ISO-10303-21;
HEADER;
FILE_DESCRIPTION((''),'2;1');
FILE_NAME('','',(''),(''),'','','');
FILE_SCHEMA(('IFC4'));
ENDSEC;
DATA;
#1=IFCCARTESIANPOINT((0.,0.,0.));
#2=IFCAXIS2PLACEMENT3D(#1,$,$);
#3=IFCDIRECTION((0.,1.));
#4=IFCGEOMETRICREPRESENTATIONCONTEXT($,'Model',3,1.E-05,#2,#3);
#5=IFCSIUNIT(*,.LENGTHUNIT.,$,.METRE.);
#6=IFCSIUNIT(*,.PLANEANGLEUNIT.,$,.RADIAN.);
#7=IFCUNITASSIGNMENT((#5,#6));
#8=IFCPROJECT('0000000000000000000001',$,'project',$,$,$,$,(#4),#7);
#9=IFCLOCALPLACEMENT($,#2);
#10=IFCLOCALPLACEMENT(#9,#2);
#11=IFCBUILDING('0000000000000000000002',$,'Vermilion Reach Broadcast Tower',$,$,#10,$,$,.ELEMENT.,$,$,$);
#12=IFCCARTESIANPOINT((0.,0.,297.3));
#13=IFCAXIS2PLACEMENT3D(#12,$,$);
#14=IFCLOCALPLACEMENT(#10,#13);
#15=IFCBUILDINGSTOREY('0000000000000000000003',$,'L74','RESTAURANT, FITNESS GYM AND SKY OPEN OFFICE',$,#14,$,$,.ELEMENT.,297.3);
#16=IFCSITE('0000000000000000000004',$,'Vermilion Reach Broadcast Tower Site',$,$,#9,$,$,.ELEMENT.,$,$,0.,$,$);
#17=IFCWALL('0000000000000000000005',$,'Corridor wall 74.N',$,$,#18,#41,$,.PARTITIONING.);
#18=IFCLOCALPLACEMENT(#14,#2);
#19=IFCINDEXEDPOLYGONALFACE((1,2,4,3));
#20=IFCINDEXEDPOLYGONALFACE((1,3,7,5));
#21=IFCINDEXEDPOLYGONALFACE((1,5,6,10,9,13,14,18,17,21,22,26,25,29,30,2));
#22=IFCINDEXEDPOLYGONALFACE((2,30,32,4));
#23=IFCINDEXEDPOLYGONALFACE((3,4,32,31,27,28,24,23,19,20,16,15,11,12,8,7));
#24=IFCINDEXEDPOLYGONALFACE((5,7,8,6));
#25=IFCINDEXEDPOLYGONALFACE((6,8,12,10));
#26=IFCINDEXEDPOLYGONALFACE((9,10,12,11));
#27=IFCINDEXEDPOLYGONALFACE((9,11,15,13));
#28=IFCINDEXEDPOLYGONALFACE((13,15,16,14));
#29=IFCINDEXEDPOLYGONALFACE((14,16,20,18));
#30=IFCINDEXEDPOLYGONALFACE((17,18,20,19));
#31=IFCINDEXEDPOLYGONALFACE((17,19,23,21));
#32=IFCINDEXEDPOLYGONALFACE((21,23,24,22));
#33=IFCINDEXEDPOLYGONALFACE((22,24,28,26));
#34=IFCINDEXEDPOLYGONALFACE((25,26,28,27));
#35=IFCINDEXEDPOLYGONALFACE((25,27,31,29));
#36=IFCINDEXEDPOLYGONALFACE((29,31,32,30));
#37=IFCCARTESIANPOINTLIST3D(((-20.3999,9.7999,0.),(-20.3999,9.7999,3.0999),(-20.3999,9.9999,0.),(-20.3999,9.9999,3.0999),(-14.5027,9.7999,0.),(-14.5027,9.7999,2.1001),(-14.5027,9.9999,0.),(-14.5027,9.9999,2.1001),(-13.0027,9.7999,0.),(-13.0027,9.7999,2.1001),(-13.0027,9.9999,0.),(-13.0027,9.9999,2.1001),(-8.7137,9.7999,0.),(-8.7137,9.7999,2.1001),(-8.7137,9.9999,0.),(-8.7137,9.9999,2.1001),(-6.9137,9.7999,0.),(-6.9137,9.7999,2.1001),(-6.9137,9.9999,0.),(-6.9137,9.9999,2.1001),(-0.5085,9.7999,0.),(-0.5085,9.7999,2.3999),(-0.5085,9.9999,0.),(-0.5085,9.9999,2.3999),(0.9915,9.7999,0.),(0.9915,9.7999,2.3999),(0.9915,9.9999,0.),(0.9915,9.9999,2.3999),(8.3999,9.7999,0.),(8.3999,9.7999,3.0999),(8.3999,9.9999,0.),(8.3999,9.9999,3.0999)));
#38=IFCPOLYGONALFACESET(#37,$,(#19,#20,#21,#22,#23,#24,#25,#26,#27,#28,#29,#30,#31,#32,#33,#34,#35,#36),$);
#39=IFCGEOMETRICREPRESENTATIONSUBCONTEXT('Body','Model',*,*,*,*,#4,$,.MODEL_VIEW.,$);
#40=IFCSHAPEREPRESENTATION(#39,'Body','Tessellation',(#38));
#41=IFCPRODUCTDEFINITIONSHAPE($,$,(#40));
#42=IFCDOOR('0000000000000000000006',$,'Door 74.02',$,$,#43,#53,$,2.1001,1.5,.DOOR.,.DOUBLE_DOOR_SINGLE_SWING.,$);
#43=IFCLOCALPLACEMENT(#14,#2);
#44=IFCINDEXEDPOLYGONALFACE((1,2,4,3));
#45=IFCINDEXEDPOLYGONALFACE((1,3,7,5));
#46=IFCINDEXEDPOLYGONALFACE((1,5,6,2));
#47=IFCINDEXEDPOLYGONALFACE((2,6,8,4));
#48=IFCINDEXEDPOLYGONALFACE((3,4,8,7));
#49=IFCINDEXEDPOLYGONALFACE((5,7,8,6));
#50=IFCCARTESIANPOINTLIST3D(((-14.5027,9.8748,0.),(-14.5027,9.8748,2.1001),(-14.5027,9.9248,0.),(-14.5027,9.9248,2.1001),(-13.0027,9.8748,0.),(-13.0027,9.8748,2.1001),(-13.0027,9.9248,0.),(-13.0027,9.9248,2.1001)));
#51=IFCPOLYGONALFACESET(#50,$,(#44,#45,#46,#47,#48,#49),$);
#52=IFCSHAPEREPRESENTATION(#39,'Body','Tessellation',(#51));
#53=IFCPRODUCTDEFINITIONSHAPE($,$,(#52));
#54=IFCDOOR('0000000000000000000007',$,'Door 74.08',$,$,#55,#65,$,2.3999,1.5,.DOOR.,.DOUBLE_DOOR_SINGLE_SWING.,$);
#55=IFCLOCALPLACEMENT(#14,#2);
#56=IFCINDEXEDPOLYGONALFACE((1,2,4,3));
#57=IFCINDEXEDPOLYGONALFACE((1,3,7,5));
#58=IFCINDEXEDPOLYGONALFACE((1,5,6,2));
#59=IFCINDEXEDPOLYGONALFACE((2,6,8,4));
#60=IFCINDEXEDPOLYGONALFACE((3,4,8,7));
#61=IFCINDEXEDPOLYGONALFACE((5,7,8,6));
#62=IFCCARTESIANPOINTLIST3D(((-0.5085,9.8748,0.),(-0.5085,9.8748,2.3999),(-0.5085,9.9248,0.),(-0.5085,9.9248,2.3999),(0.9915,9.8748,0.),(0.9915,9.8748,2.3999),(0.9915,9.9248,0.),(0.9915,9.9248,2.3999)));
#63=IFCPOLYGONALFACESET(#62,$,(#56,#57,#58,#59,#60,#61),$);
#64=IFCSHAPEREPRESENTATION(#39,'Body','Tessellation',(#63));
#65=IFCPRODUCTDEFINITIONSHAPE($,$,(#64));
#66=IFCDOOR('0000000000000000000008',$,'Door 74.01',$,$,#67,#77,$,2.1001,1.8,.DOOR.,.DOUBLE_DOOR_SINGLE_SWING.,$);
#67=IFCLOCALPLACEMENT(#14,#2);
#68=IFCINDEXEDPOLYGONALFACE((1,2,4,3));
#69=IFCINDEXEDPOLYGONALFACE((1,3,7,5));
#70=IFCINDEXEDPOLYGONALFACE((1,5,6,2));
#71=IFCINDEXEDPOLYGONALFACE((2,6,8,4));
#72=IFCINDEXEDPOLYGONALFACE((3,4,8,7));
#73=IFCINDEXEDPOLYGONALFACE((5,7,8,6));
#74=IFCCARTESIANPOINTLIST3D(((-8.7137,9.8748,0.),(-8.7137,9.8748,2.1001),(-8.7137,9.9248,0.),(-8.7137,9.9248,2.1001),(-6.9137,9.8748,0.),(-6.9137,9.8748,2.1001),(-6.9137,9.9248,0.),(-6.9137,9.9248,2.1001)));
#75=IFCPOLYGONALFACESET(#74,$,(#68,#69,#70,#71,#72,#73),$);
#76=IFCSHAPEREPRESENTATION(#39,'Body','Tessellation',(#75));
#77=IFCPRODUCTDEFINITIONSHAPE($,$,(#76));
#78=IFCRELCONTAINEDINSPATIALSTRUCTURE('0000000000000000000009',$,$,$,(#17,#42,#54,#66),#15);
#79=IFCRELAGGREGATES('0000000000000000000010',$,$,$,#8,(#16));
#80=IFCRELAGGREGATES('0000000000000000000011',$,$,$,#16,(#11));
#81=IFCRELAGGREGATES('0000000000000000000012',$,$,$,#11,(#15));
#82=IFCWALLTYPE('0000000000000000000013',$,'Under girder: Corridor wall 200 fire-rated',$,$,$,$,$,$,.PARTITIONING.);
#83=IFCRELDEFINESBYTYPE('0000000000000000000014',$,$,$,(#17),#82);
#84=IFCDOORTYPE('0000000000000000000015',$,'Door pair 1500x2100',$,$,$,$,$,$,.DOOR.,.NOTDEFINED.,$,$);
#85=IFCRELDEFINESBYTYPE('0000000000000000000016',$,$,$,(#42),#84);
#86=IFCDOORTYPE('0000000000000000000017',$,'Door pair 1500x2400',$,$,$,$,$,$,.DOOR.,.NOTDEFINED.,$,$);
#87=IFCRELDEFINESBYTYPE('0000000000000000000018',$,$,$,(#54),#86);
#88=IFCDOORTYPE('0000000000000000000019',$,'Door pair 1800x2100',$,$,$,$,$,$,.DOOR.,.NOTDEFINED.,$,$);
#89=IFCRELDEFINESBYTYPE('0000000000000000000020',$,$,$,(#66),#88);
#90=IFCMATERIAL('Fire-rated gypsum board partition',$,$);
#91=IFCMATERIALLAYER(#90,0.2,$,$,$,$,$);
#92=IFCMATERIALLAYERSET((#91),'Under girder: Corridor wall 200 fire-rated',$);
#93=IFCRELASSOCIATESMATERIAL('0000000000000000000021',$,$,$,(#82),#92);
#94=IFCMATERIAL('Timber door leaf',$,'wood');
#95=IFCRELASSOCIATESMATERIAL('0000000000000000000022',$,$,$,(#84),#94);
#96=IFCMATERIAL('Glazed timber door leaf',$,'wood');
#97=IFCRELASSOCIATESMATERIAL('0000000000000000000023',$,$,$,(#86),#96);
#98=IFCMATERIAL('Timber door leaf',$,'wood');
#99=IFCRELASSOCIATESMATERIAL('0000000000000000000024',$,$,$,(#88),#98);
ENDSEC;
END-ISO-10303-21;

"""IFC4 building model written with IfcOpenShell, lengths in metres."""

from ifc_helpers import new_model, si_unit, direction, frame, frame_2d, origin, place, context, subcontext, project, spatial, rectangle, extrude, material, layer, layer_set, type_object, element, fill, save


model = new_model("IFC4")

# Units and contexts
model_context = context("Model", 3, precision=1e-05, world=origin(), true_north=direction((0.0, 1.0)))
body_context = subcontext(model_context, "Body", "Model", "MODEL_VIEW")
ifc_project = project(units=[si_unit("LENGTHUNIT", "METRE"), si_unit("PLANEANGLEUNIT", "RADIAN")], contexts=[model_context])

# Site, building, storey
site_placement = place(None, origin())
site = spatial("IfcSite", under=ifc_project, at=site_placement, Name="Vermilion Reach Broadcast Tower Site", CompositionType="ELEMENT", RefElevation=0.0)
building_placement = place(site_placement, origin())
building = spatial("IfcBuilding", under=site, at=building_placement, Name="Vermilion Reach Broadcast Tower", CompositionType="ELEMENT")
storey_placement = place(building_placement, frame((0.0, 0.0, 297.3)))
storey = spatial("IfcBuildingStorey", under=building, at=storey_placement, Name="L74", Description="RESTAURANT, FITNESS GYM AND SKY OPEN OFFICE", CompositionType="ELEMENT", Elevation=297.3)

# Wall, openings, doors
ifc_material_1 = material(Name="Fire-rated gypsum board partition")
ifc_layer_1 = layer(ifc_material_1, 0.2)
ifc_layer_set_1 = layer_set([ifc_layer_1], Name="Under girder: Corridor wall 200 fire-rated")
wall_type_1 = type_object("IfcWallType", Name="Under girder: Corridor wall 200 fire-rated", PredefinedType="PARTITIONING", material=ifc_layer_set_1)
wall_1_placement = place(storey_placement, frame((-20.3999, 9.8999, 0.0), z_axis=(0.0, 0.0, 1.0), x_axis=(1.0, 0.0, 0.0)))
wall_1 = element("IfcWall", 1, at=wall_1_placement, inside=storey, type_object=wall_type_1, Name="Corridor wall 74.N", PredefinedType="PARTITIONING", context=body_context, shape_type="SweptSolid", body=[
    extrude(rectangle(XDim=28.7998, YDim=0.2, at=frame_2d((14.3999, 0.0))), origin(), (0.0, 0.0, 1.0), 3.0999),
])
opening_1_placement = place(wall_1_placement, frame((11.6863, 0.0, 0.0)))
opening_1 = element("IfcOpeningElement", 2, at=opening_1_placement, cuts=wall_1, PredefinedType="OPENING", context=body_context, shape_type="SweptSolid", body=[
    extrude(rectangle(XDim=1.8, YDim=2.1001, at=frame_2d((0.8999, 1.05))), frame((0.0, 0.1099, 0.0), z_axis=(0.0, -1.0, 0.0), x_axis=(1.0, 0.0, 0.0)), (0.0, 0.0, 1.0), 0.22),
])
opening_2_placement = place(wall_1_placement, frame((5.8972, 0.0, 0.0)))
opening_2 = element("IfcOpeningElement", 3, at=opening_2_placement, cuts=wall_1, PredefinedType="OPENING", context=body_context, shape_type="SweptSolid", body=[
    extrude(rectangle(XDim=1.5, YDim=2.1001, at=frame_2d((0.75, 1.05))), frame((0.0, 0.1099, 0.0), z_axis=(0.0, -1.0, 0.0), x_axis=(1.0, 0.0, 0.0)), (0.0, 0.0, 1.0), 0.22),
])
opening_3_placement = place(wall_1_placement, frame((19.8914, 0.0, 0.0)))
opening_3 = element("IfcOpeningElement", 4, at=opening_3_placement, cuts=wall_1, PredefinedType="OPENING", context=body_context, shape_type="SweptSolid", body=[
    extrude(rectangle(XDim=1.5, YDim=2.3999, at=frame_2d((0.75, 1.2))), frame((0.0, 0.1099, 0.0), z_axis=(0.0, -1.0, 0.0), x_axis=(1.0, 0.0, 0.0)), (0.0, 0.0, 1.0), 0.22),
])
ifc_material_2 = material(Name="Timber door leaf", Category="wood")
door_type_1 = type_object("IfcDoorType", Name="Door pair 1500x2100", OperationType="NOTDEFINED", PredefinedType="DOOR", material=ifc_material_2)
door_1_placement = place(opening_2_placement, origin())
door_1 = element("IfcDoor", 5, at=door_1_placement, inside=storey, type_object=door_type_1, Name="Door 74.02", OperationType="DOUBLE_DOOR_SINGLE_SWING", OverallHeight=2.1001, OverallWidth=1.5, PredefinedType="DOOR", context=body_context, shape_type="SweptSolid", body=[
    extrude(rectangle(XDim=1.5, YDim=2.1001, at=frame_2d((0.75, 1.05))), frame((0.0, 0.0249, 0.0), z_axis=(0.0, -1.0, 0.0), x_axis=(1.0, 0.0, 0.0)), (0.0, 0.0, 1.0), 0.05),
])
fill(opening_2, door_1)
ifc_material_3 = material(Name="Glazed timber door leaf", Category="wood")
door_type_2 = type_object("IfcDoorType", Name="Door pair 1500x2400", OperationType="NOTDEFINED", PredefinedType="DOOR", material=ifc_material_3)
door_2_placement = place(opening_3_placement, origin())
door_2 = element("IfcDoor", 6, at=door_2_placement, inside=storey, type_object=door_type_2, Name="Door 74.08", OperationType="DOUBLE_DOOR_SINGLE_SWING", OverallHeight=2.3999, OverallWidth=1.5, PredefinedType="DOOR", context=body_context, shape_type="SweptSolid", body=[
    extrude(rectangle(XDim=1.5, YDim=2.3999, at=frame_2d((0.75, 1.2))), frame((0.0, 0.0249, 0.0), z_axis=(0.0, -1.0, 0.0), x_axis=(1.0, 0.0, 0.0)), (0.0, 0.0, 1.0), 0.05),
])
fill(opening_3, door_2)
ifc_material_4 = material(Name="Timber door leaf", Category="wood")
door_type_3 = type_object("IfcDoorType", Name="Door pair 1800x2100", OperationType="NOTDEFINED", PredefinedType="DOOR", material=ifc_material_4)
door_3_placement = place(opening_1_placement, origin())
door_3 = element("IfcDoor", 7, at=door_3_placement, inside=storey, type_object=door_type_3, Name="Door 74.01", OperationType="DOUBLE_DOOR_SINGLE_SWING", OverallHeight=2.1001, OverallWidth=1.8, PredefinedType="DOOR", context=body_context, shape_type="SweptSolid", body=[
    extrude(rectangle(XDim=1.8, YDim=2.1001, at=frame_2d((0.8999, 1.05))), frame((0.0, 0.0249, 0.0), z_axis=(0.0, -1.0, 0.0), x_axis=(1.0, 0.0, 0.0)), (0.0, 0.0, 1.0), 0.05),
])
fill(opening_1, door_3)

save(model, "model.ifc")
